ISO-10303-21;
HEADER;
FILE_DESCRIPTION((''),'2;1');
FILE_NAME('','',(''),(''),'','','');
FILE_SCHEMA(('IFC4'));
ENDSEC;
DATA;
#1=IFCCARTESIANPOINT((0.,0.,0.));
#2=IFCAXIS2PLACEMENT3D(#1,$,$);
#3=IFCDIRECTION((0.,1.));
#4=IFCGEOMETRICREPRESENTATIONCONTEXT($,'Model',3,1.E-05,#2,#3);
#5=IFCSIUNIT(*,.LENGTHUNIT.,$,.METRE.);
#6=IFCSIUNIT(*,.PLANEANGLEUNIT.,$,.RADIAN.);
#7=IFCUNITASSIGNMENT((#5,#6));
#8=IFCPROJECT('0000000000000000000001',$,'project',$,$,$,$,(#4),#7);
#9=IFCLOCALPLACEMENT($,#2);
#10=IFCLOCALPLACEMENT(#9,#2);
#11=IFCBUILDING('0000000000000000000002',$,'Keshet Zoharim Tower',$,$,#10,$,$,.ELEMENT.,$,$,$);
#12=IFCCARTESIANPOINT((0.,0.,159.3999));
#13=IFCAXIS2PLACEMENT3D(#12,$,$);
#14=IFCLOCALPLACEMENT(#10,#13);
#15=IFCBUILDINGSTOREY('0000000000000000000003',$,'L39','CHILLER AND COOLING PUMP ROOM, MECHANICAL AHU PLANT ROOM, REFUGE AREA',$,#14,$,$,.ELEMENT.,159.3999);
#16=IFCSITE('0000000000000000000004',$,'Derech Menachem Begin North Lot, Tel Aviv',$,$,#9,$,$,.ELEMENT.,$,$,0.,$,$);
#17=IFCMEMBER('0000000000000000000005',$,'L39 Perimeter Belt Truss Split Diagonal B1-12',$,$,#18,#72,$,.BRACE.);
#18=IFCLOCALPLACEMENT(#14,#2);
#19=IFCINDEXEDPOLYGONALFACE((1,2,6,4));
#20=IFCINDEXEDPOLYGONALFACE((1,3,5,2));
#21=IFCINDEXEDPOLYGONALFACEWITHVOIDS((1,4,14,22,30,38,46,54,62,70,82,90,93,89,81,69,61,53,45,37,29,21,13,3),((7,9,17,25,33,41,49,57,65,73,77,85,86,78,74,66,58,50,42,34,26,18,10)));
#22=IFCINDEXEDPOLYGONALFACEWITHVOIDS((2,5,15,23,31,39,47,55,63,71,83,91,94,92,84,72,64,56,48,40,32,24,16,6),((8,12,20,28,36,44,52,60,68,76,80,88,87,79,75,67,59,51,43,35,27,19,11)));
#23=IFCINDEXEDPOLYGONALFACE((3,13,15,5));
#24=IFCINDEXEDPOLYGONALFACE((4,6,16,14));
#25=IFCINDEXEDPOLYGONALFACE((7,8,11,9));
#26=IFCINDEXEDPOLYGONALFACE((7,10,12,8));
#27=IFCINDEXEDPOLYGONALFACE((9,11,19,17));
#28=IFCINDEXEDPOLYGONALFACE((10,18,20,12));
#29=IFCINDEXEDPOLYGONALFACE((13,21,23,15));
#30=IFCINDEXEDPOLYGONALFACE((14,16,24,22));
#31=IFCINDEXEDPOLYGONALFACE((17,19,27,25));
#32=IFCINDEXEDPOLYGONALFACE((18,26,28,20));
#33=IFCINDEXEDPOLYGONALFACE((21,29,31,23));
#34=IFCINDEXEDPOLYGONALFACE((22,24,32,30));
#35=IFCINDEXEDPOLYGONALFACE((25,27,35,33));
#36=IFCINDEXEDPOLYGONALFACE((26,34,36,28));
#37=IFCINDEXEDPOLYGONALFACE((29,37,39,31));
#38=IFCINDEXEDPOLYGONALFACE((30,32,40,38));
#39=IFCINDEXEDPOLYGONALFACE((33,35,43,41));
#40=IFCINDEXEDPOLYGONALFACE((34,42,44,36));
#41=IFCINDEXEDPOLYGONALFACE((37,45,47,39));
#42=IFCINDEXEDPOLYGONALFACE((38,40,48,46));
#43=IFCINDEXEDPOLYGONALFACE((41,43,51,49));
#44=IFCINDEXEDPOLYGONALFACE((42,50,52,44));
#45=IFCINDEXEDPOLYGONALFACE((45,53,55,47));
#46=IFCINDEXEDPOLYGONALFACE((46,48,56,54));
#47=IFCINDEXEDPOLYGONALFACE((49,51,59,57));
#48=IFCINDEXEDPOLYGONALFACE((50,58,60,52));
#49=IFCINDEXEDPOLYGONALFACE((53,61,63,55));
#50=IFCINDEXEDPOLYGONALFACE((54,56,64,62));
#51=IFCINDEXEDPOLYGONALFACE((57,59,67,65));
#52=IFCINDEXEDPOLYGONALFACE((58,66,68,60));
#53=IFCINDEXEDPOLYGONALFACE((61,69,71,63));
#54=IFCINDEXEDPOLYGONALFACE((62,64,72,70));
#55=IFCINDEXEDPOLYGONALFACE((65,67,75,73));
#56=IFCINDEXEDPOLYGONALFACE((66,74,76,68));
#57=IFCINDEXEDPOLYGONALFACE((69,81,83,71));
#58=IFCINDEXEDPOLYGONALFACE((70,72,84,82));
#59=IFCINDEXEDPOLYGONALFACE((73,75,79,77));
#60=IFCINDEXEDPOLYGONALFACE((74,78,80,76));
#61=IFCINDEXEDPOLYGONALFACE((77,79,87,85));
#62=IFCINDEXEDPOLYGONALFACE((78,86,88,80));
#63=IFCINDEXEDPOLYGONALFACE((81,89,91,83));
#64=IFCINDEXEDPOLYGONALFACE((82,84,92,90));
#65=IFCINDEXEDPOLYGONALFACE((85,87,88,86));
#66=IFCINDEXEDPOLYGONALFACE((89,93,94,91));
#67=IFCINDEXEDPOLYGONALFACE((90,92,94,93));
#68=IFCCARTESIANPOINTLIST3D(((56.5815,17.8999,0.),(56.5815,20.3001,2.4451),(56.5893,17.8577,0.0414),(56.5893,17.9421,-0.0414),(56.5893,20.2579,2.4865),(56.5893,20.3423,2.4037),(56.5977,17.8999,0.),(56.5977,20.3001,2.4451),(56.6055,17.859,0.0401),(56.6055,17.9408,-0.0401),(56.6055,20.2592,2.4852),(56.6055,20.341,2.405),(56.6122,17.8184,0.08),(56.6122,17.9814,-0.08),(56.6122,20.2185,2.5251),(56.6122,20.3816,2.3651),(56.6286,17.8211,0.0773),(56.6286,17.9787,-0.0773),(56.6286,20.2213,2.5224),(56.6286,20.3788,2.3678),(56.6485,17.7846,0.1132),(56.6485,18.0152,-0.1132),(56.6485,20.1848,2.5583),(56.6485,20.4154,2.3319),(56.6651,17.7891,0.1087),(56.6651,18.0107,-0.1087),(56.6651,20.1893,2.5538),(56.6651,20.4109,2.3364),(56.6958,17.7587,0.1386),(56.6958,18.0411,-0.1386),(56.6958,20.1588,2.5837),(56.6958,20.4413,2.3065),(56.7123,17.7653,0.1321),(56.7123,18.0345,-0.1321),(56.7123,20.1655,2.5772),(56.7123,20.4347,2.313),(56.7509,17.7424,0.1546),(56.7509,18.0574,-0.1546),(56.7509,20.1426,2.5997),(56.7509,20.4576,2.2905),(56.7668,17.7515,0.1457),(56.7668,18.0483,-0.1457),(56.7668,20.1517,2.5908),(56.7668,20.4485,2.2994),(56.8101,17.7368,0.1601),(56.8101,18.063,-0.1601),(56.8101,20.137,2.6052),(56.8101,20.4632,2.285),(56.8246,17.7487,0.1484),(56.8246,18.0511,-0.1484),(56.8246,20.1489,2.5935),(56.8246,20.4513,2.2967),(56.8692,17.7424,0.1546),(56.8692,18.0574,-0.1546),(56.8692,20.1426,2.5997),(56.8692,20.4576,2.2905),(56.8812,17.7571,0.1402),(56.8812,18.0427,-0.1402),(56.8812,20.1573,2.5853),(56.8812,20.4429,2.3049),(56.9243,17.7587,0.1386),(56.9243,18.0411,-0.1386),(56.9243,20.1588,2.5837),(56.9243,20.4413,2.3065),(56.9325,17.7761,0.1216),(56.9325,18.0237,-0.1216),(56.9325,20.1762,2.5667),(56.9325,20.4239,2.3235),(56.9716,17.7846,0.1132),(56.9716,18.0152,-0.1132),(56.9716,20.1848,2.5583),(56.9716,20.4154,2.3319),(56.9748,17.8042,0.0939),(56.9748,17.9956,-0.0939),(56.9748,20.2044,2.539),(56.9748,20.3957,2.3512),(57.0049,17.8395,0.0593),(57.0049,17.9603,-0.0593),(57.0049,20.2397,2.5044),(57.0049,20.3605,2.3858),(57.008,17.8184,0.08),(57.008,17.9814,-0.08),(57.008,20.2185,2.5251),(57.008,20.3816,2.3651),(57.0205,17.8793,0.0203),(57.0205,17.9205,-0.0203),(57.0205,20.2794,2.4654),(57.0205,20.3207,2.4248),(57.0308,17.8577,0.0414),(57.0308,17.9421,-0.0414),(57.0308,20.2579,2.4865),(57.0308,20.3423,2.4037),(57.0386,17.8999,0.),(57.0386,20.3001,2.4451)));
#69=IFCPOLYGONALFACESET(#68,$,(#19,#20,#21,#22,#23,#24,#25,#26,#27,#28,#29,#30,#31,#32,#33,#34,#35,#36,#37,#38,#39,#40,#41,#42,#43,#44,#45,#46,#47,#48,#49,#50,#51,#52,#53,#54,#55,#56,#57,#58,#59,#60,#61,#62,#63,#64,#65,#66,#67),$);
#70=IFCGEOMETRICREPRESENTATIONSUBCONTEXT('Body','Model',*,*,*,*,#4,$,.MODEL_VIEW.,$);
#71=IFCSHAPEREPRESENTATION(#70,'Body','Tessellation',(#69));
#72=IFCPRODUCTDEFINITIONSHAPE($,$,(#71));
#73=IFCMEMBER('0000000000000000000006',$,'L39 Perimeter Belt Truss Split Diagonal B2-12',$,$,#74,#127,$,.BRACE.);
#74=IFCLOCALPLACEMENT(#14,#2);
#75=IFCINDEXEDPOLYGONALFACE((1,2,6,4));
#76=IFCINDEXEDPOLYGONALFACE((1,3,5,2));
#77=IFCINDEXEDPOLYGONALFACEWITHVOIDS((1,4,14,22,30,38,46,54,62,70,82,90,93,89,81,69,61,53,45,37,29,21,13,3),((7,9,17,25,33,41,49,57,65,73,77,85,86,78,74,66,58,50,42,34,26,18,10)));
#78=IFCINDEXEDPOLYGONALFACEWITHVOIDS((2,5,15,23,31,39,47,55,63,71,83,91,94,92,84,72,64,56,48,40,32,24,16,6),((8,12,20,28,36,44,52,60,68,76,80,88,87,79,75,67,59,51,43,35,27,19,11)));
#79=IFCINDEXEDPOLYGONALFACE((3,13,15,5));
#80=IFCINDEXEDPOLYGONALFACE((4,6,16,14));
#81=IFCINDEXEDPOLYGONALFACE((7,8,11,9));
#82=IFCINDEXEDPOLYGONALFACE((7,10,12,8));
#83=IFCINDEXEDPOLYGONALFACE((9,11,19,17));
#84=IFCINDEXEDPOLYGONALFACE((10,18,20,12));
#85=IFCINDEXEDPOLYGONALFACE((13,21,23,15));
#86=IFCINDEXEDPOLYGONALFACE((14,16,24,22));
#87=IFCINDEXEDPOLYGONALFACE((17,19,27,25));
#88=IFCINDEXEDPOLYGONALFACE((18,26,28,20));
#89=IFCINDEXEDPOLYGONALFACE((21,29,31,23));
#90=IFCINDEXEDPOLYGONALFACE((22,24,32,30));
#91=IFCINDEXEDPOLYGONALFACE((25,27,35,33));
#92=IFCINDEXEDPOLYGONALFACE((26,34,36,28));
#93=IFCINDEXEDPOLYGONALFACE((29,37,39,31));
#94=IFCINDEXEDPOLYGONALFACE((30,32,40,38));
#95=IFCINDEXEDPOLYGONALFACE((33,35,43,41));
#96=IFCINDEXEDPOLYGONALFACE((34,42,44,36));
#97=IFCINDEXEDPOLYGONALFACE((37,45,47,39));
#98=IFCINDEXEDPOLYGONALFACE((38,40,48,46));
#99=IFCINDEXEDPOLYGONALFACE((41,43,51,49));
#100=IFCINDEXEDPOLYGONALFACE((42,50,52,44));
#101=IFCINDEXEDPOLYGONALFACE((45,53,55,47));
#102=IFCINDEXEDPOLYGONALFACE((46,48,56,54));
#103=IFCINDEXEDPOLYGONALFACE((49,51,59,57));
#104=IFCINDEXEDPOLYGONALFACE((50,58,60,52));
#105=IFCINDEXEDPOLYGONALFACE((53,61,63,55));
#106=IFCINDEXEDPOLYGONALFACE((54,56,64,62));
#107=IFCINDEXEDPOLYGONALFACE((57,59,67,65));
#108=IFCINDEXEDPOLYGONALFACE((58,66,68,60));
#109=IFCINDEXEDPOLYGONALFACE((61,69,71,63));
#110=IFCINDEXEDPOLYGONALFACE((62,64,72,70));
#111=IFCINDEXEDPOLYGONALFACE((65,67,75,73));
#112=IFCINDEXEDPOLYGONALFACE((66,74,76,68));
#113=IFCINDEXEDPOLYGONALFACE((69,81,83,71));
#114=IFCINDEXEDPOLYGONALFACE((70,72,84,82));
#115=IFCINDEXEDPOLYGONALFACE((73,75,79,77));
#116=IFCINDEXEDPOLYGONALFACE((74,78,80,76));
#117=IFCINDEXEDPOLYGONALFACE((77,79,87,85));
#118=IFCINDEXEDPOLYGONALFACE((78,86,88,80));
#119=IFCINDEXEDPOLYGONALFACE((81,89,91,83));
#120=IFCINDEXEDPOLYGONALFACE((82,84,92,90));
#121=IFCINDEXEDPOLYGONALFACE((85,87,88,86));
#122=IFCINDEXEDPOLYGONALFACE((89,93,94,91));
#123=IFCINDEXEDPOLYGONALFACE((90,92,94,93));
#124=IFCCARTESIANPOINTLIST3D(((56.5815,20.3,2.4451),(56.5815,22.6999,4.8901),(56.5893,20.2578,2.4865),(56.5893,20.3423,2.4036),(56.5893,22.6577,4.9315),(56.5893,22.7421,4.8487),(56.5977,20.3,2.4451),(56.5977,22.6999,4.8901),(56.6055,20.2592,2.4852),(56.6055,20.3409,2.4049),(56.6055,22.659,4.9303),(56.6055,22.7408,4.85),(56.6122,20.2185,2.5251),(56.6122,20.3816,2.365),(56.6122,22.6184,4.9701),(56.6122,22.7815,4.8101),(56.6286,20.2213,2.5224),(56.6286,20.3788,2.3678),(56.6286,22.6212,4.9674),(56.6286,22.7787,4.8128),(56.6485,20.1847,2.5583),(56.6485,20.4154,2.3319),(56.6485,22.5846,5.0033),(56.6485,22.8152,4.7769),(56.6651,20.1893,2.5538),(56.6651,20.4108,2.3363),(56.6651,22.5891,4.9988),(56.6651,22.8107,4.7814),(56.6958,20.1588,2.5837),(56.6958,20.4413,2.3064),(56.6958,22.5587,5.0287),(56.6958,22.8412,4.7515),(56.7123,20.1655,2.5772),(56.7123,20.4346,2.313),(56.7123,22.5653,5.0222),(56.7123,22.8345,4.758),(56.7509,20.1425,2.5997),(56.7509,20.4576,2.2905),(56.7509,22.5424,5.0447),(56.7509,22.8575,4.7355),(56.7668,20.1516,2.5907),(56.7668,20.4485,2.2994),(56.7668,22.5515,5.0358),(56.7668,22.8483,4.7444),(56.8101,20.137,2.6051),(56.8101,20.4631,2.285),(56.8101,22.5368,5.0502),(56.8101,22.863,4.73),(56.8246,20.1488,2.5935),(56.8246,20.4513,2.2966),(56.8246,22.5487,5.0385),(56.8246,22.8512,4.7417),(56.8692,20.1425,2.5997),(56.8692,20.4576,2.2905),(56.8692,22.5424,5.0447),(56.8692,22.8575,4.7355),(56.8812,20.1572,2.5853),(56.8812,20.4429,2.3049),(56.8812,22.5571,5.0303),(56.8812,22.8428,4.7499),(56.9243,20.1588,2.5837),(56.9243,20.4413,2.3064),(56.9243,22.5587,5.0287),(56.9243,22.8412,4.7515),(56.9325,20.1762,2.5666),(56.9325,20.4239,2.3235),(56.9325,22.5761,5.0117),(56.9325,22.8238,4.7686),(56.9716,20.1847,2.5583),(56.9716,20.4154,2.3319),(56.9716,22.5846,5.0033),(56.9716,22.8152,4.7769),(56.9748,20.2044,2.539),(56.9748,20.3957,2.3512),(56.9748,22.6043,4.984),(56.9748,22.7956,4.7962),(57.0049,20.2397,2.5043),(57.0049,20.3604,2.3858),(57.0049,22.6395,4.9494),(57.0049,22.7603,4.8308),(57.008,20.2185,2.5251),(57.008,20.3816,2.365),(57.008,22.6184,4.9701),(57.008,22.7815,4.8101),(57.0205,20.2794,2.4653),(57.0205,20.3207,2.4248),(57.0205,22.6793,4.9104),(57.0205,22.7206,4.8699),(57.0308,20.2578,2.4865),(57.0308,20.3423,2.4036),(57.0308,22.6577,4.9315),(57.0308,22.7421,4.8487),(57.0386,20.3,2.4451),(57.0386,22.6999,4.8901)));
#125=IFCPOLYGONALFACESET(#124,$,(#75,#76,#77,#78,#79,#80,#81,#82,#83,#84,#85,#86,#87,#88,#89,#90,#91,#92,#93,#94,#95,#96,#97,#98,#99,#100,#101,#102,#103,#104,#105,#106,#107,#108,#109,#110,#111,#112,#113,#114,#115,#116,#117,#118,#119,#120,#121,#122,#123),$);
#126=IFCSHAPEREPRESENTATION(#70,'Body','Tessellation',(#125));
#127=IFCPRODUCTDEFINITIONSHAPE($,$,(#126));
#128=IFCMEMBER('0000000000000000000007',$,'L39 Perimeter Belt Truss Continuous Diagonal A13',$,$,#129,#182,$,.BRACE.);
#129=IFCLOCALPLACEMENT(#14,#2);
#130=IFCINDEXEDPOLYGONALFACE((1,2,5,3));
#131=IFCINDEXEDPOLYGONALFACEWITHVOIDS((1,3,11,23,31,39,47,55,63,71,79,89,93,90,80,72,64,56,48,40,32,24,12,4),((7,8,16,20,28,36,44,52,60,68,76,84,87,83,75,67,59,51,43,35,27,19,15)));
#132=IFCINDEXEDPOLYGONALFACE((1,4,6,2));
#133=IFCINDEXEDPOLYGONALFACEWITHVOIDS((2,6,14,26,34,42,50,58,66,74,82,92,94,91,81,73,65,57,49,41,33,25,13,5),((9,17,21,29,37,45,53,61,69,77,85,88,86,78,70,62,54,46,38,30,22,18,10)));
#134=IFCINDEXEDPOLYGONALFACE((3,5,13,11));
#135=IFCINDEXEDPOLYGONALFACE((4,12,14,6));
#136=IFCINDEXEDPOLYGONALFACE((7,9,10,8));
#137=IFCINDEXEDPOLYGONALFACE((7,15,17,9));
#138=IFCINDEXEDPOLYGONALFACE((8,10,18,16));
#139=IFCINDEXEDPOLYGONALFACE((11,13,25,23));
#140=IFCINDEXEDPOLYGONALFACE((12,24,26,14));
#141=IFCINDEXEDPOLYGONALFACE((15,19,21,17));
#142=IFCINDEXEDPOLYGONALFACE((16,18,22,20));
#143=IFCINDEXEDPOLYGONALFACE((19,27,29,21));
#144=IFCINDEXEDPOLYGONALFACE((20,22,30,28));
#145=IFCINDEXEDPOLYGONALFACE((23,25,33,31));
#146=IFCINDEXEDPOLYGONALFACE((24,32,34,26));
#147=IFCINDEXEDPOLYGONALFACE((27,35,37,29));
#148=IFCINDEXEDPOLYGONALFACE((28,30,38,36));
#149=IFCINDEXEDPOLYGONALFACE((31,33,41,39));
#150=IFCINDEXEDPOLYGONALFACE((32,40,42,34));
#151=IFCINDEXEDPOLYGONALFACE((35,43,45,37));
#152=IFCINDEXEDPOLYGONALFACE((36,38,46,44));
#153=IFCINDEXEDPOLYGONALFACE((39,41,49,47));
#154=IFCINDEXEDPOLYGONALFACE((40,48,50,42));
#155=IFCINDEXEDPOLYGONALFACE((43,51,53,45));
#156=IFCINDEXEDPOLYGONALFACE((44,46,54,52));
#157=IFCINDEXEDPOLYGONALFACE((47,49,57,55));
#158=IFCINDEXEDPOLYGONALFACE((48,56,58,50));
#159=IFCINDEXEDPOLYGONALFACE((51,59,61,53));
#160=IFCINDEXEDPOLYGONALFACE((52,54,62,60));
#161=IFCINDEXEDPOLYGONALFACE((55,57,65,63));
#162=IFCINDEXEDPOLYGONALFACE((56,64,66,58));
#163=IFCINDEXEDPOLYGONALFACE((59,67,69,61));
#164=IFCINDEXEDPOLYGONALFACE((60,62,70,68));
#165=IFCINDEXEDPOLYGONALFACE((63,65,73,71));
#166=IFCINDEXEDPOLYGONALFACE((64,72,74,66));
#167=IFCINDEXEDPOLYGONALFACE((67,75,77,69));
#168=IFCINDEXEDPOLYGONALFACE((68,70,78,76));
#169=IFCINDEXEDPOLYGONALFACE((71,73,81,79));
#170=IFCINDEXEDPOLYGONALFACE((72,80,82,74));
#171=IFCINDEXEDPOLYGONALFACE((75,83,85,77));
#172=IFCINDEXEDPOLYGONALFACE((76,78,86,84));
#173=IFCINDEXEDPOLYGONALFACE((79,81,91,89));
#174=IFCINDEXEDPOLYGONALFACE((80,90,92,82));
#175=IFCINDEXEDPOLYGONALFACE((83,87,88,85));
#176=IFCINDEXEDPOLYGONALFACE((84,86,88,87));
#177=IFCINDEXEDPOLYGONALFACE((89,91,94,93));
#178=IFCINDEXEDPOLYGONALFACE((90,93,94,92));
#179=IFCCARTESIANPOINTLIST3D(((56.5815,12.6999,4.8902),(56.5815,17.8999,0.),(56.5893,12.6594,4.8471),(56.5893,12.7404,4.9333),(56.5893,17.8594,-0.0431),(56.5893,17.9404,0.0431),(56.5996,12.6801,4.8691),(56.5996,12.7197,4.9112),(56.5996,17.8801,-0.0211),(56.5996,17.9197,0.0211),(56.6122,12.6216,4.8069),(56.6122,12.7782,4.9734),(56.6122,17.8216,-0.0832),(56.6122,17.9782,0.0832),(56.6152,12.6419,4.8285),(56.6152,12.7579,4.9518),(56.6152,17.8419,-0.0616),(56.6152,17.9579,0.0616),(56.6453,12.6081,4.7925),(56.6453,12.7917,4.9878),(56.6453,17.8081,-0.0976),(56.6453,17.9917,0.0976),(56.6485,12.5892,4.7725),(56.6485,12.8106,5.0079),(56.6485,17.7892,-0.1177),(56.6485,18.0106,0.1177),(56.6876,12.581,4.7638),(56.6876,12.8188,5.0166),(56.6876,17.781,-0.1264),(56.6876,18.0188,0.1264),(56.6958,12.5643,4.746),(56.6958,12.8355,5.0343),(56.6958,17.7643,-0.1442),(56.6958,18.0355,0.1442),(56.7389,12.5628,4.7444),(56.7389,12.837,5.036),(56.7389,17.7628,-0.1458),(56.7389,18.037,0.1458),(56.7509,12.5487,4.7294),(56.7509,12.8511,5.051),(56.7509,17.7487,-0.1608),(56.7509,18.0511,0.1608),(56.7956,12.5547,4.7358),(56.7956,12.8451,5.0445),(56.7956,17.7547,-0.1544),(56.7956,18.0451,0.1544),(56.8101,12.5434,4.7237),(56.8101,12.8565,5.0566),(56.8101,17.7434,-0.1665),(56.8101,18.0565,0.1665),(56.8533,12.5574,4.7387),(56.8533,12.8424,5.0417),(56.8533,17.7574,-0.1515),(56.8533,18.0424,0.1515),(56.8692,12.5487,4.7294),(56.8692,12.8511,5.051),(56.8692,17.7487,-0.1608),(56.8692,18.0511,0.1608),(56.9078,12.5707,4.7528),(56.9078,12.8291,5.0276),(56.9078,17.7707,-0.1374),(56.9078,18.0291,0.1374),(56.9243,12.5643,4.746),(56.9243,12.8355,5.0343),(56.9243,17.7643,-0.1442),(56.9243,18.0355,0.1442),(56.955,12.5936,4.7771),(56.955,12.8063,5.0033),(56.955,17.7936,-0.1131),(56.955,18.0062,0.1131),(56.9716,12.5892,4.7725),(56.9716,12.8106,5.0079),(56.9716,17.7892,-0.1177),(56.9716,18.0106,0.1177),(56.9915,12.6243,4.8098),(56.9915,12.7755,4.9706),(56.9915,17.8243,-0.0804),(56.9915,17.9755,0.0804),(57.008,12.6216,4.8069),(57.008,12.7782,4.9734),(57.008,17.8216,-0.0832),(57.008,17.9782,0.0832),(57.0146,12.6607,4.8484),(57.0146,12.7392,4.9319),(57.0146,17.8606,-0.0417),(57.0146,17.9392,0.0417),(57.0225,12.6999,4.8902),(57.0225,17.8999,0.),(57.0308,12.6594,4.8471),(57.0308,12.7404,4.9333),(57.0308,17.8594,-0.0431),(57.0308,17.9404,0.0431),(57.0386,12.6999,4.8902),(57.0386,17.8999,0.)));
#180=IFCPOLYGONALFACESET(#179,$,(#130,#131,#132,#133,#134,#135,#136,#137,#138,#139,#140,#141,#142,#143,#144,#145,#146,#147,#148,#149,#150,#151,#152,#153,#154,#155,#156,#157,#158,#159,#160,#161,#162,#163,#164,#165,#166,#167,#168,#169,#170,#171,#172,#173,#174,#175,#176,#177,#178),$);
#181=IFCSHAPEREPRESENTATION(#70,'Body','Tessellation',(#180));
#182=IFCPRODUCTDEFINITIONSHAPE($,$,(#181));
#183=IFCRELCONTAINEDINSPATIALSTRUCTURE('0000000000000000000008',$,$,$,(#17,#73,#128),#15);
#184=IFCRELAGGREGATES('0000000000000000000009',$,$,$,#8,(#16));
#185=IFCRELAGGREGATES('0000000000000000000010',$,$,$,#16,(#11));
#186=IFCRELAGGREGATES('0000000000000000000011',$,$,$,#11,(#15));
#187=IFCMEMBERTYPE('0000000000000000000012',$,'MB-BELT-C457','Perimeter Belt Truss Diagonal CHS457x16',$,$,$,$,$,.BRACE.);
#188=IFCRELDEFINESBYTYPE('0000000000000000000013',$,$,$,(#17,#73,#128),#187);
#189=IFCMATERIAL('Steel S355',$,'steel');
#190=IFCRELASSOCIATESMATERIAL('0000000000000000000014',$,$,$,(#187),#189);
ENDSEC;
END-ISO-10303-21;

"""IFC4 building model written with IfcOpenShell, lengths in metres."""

from ifc_helpers import new_model, si_unit, direction, frame, origin, origin_2d, place, context, subcontext, project, spatial, hollow_circle, extrude, material, material_profile, profile_set, type_object, element, save


model = new_model("IFC4")

# Units and contexts
model_context = context("Model", 3, precision=1e-05, world=origin(), true_north=direction((0.0, 1.0)))
body_context = subcontext(model_context, "Body", "Model", "MODEL_VIEW")
ifc_project = project(units=[si_unit("LENGTHUNIT", "METRE"), si_unit("PLANEANGLEUNIT", "RADIAN")], contexts=[model_context])

# Site, building, storey
site_placement = place(None, origin())
site = spatial("IfcSite", under=ifc_project, at=site_placement, Name="Derech Menachem Begin North Lot, Tel Aviv", CompositionType="ELEMENT", RefElevation=0.0)
building_placement = place(site_placement, origin())
building = spatial("IfcBuilding", under=site, at=building_placement, Name="Keshet Zoharim Tower", CompositionType="ELEMENT")
storey_placement = place(building_placement, frame((0.0, 0.0, 159.3999)))
storey = spatial("IfcBuildingStorey", under=building, at=storey_placement, Name="L39", Description="CHILLER AND COOLING PUMP ROOM, MECHANICAL AHU PLANT ROOM, REFUGE AREA", CompositionType="ELEMENT", Elevation=159.3999)

# Shared definitions
ifc_material_1 = material(Name="Steel S355", Category="steel")

# Members
ifc_material_profile_1 = material_profile(ifc_material_1, hollow_circle(Radius=0.2285, WallThickness=0.0161, at=origin_2d()), Name="CHS457x16")
ifc_profile_set_1 = profile_set([ifc_material_profile_1], Name="Steel S355")
member_type_1 = type_object("IfcMemberType", Name="MB-BELT-C457", Description="Perimeter Belt Truss Diagonal CHS457x16", PredefinedType="BRACE", material=ifc_profile_set_1)
member_1_placement = place(storey_placement, frame((56.8101, 17.8999, 0.0), z_axis=(0.0, 0.700521, 0.713632), x_axis=(-1.0, 0.0, 0.0)))
element("IfcMember", 1, at=member_1_placement, inside=storey, type_object=member_type_1, Name="L39 Perimeter Belt Truss Split Diagonal B1-12", PredefinedType="BRACE", context=body_context, shape_type="SweptSolid", body=[
    extrude(hollow_circle(Radius=0.2285, WallThickness=0.0161, at=origin_2d()), origin(), (0.0, 0.0, 1.0), 3.4263),
])
member_2_placement = place(storey_placement, frame((56.8101, 20.3, 2.4451), z_axis=(0.0, 0.700485, 0.713668), x_axis=(-1.0, 0.0, 0.0)))
element("IfcMember", 2, at=member_2_placement, inside=storey, type_object=member_type_1, Name="L39 Perimeter Belt Truss Split Diagonal B2-12", PredefinedType="BRACE", context=body_context, shape_type="SweptSolid", body=[
    extrude(hollow_circle(Radius=0.2285, WallThickness=0.0161, at=origin_2d()), origin(), (0.0, 0.0, 1.0), 3.426),
])
member_3_placement = place(storey_placement, frame((56.8101, 17.8999, 0.0), z_axis=(0.0, -0.728475, 0.685072), x_axis=(1.0, 0.0, 0.0)))
element("IfcMember", 3, at=member_3_placement, inside=storey, type_object=member_type_1, Name="L39 Perimeter Belt Truss Continuous Diagonal A13", PredefinedType="BRACE", context=body_context, shape_type="SweptSolid", body=[
    extrude(hollow_circle(Radius=0.2285, WallThickness=0.0161, at=origin_2d()), origin(), (0.0, 0.0, 1.0), 7.1382),
])

save(model, "model.ifc")
